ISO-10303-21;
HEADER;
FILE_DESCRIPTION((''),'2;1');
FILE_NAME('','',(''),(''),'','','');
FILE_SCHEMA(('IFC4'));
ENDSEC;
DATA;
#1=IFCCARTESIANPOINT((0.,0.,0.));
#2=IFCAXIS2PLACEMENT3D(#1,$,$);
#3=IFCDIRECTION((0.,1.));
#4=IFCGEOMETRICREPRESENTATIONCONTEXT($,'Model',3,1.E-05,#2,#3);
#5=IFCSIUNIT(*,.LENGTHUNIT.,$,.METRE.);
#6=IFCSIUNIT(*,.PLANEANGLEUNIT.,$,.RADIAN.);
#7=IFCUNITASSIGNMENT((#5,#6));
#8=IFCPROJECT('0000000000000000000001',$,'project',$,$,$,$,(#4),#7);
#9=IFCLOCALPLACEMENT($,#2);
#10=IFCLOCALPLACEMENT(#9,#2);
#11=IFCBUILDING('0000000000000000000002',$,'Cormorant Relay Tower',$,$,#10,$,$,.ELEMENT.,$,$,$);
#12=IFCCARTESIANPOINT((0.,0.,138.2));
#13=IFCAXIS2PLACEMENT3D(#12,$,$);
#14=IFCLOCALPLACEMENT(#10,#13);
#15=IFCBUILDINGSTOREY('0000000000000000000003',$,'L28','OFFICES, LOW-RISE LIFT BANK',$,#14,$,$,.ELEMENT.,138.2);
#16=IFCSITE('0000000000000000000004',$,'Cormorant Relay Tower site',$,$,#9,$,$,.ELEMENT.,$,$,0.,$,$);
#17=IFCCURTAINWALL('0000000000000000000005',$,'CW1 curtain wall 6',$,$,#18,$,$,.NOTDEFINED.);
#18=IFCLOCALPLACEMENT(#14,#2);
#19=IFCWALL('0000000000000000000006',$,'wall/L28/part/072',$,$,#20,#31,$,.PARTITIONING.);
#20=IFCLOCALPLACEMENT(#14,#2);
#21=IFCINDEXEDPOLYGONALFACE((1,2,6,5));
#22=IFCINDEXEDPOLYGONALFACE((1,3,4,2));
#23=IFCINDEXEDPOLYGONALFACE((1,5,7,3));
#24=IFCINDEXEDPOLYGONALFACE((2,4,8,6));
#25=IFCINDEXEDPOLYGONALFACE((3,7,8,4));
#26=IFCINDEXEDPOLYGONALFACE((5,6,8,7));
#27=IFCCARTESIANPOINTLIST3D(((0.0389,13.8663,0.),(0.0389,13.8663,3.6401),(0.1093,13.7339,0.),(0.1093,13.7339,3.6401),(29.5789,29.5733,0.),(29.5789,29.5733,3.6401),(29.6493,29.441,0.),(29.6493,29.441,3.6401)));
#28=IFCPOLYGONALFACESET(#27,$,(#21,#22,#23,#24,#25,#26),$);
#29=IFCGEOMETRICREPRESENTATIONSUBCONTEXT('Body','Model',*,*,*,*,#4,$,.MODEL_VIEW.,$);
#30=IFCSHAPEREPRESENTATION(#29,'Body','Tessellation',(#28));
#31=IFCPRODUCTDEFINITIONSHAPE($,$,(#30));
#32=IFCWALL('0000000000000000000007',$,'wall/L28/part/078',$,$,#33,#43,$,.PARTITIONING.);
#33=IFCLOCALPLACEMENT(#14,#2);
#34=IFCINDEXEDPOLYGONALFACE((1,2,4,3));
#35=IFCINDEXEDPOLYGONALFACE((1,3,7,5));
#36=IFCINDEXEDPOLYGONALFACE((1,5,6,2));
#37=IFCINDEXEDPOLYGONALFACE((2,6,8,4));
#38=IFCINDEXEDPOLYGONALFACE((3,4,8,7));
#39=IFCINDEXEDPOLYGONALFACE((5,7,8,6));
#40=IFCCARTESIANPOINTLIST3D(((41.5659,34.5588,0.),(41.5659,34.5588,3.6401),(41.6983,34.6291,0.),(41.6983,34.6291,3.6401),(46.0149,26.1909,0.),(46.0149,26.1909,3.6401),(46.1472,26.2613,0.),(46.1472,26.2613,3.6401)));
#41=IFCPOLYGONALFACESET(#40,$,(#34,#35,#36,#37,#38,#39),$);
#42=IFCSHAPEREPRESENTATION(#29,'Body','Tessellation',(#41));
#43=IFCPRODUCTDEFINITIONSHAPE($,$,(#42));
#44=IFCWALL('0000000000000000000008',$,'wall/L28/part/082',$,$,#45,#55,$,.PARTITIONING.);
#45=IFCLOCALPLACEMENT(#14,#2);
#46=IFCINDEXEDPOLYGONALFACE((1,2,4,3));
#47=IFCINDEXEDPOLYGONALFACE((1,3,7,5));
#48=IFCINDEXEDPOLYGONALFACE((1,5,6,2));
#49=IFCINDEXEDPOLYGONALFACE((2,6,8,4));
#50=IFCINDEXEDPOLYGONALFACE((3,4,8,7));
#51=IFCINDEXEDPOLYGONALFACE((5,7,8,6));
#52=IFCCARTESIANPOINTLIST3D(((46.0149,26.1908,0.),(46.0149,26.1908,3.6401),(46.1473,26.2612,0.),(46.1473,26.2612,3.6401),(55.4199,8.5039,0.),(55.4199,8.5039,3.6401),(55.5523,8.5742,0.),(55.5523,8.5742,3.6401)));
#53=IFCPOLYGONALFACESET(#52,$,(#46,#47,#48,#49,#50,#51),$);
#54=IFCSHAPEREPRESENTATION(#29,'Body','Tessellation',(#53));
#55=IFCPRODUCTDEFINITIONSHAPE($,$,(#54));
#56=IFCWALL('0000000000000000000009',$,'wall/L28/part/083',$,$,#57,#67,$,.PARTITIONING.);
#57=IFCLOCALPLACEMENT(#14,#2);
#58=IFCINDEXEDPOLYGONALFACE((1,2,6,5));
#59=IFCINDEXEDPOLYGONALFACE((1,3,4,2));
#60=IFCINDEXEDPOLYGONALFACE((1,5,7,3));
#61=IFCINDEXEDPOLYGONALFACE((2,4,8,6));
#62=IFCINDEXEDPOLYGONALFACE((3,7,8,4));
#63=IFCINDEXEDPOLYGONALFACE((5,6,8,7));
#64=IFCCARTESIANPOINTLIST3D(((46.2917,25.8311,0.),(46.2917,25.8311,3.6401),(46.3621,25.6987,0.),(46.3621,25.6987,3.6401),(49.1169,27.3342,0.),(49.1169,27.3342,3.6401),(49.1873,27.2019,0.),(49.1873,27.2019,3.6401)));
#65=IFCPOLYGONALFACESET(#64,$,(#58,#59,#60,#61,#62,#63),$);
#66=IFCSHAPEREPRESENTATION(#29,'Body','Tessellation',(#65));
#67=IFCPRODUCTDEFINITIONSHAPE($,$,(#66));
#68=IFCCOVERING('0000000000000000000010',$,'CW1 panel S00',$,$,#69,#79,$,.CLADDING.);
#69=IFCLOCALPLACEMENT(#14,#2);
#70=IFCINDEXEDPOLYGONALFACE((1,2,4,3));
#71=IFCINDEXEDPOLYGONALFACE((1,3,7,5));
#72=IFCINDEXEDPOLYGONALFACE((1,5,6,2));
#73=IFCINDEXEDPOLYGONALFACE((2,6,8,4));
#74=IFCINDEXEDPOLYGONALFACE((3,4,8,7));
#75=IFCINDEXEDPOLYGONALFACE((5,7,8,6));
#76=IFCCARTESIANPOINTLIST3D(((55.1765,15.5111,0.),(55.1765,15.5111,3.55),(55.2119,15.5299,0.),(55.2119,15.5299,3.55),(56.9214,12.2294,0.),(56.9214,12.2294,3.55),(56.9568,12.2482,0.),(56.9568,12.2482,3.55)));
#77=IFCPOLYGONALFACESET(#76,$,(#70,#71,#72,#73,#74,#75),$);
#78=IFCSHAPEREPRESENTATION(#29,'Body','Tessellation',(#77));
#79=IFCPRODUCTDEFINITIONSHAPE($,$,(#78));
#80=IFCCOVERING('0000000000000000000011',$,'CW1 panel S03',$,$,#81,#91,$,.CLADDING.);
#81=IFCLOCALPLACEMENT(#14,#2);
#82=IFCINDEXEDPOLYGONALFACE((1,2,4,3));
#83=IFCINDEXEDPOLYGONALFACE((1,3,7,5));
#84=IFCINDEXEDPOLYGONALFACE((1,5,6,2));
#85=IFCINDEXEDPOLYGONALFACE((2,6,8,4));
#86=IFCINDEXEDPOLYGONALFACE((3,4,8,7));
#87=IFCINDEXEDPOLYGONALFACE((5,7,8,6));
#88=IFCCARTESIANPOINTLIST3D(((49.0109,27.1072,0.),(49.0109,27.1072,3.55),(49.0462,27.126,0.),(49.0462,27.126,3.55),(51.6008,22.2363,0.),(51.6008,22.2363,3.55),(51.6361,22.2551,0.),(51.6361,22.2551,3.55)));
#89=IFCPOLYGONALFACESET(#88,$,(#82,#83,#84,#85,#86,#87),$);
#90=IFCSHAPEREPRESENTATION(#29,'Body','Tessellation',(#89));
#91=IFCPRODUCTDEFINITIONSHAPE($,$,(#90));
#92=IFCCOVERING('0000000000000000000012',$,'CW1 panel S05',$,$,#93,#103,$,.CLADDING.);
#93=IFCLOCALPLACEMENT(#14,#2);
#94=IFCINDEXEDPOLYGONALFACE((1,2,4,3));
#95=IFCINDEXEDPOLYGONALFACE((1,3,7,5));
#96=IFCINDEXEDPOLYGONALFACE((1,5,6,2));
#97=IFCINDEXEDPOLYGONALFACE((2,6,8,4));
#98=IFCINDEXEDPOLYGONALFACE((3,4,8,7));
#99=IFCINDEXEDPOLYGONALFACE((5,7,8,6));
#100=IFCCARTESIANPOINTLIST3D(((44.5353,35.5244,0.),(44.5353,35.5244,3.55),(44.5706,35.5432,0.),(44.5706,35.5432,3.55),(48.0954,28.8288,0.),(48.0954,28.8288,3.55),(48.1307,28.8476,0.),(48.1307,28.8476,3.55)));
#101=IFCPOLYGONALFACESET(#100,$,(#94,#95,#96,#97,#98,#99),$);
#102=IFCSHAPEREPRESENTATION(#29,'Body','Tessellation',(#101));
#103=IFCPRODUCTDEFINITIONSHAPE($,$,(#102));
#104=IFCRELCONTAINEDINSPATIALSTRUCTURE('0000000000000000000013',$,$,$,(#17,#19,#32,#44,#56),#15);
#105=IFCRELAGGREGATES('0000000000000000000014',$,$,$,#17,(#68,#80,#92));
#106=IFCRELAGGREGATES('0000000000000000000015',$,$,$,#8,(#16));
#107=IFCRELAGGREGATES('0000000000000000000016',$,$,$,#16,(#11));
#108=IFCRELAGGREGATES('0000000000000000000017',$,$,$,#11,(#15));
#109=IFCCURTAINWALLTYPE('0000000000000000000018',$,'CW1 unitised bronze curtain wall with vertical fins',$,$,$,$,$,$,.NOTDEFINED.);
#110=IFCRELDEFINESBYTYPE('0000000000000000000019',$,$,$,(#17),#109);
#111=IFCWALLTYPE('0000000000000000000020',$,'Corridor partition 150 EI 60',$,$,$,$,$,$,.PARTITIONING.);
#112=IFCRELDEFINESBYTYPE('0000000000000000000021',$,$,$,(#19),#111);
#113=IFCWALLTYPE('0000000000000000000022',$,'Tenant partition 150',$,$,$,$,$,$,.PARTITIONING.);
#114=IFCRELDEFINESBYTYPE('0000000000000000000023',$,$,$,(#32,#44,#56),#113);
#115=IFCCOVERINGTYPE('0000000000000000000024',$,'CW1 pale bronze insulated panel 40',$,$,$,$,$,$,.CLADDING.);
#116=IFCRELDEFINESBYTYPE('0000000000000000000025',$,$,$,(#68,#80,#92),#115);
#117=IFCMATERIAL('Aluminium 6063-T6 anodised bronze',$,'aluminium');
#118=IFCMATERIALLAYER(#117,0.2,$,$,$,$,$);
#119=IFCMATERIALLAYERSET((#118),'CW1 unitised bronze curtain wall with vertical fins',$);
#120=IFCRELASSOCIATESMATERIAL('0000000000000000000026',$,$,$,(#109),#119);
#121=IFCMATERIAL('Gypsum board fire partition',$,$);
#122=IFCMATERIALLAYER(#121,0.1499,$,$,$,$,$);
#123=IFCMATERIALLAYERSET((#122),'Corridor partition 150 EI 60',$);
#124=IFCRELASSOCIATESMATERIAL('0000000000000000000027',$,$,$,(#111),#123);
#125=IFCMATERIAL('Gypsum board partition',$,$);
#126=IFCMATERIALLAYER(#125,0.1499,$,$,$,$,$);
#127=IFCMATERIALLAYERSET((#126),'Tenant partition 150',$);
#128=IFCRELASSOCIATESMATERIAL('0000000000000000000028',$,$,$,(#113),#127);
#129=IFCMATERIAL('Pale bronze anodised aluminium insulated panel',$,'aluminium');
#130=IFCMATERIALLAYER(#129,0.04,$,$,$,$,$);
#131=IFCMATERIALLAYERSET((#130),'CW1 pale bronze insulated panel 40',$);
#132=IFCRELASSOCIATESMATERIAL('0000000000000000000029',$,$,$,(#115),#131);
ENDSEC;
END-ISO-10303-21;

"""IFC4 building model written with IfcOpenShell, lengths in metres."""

from ifc_helpers import new_model, si_unit, direction, frame, frame_2d, origin, origin_2d, place, context, subcontext, project, spatial, rectangle, extrude, material, layer, layer_set, type_object, element, aggregate, save


model = new_model("IFC4")

# Units and contexts
model_context = context("Model", 3, precision=1e-05, world=origin(), true_north=direction((0.0, 1.0)))
body_context = subcontext(model_context, "Body", "Model", "MODEL_VIEW")
ifc_project = project(units=[si_unit("LENGTHUNIT", "METRE"), si_unit("PLANEANGLEUNIT", "RADIAN")], contexts=[model_context])

# Site, building, storey
site_placement = place(None, origin())
site = spatial("IfcSite", under=ifc_project, at=site_placement, Name="Cormorant Relay Tower site", CompositionType="ELEMENT", RefElevation=0.0)
building_placement = place(site_placement, origin())
building = spatial("IfcBuilding", under=site, at=building_placement, Name="Cormorant Relay Tower", CompositionType="ELEMENT")
storey_placement = place(building_placement, frame((0.0, 0.0, 138.2)))
storey = spatial("IfcBuildingStorey", under=building, at=storey_placement, Name="L28", Description="OFFICES, LOW-RISE LIFT BANK", CompositionType="ELEMENT", Elevation=138.2)

# Curtain wall
ifc_material_1 = material(Name="Aluminium 6063-T6 anodised bronze", Category="aluminium")
ifc_layer_1 = layer(ifc_material_1, 0.2)
ifc_layer_set_1 = layer_set([ifc_layer_1], Name="CW1 unitised bronze curtain wall with vertical fins")
curtain_wall_type = type_object("IfcCurtainWallType", Name="CW1 unitised bronze curtain wall with vertical fins", PredefinedType="NOTDEFINED", material=ifc_layer_set_1)
curtain_wall_1_placement = place(storey_placement, origin())
curtain_wall_1 = element("IfcCurtainWall", 1, at=curtain_wall_1_placement, inside=storey, type_object=curtain_wall_type, Name="CW1 curtain wall 6", PredefinedType="NOTDEFINED")

# Shared definitions
ifc_material_2 = material(Name="Gypsum board fire partition")
ifc_layer_2 = layer(ifc_material_2, 0.1499)
ifc_layer_set_2 = layer_set([ifc_layer_2], Name="Corridor partition 150 EI 60")
wall_type_1 = type_object("IfcWallType", Name="Corridor partition 150 EI 60", PredefinedType="PARTITIONING", material=ifc_layer_set_2)

# Walls
wall_1_placement = place(storey_placement, frame((29.614, 29.5071, 0.0), z_axis=(0.0, 0.0, 1.0), x_axis=(-0.882944, -0.469479, 0.0)))
element("IfcWall", 2, at=wall_1_placement, inside=storey, type_object=wall_type_1, Name="wall/L28/part/072", PredefinedType="PARTITIONING", context=body_context, shape_type="SweptSolid", body=[
    extrude(rectangle(XDim=33.4563, YDim=0.1499, at=frame_2d((16.728, 0.0))), origin(), (0.0, 0.0, 1.0), 3.6401),
])
ifc_material_3 = material(Name="Gypsum board partition")
ifc_layer_3 = layer(ifc_material_3, 0.1499)
ifc_layer_set_3 = layer_set([ifc_layer_3], Name="Tenant partition 150")
wall_type_2 = type_object("IfcWallType", Name="Tenant partition 150", PredefinedType="PARTITIONING", material=ifc_layer_set_3)
wall_2_placement = place(storey_placement, frame((46.0811, 26.2261, 0.0), z_axis=(0.0, 0.0, 1.0), x_axis=(-0.469445, 0.882962, 0.0)))
element("IfcWall", 3, at=wall_2_placement, inside=storey, type_object=wall_type_2, Name="wall/L28/part/078", PredefinedType="PARTITIONING", context=body_context, shape_type="SweptSolid", body=[
    extrude(rectangle(XDim=9.4771, YDim=0.1499, at=frame_2d((4.7385, 0.0))), origin(), (0.0, 0.0, 1.0), 3.6401),
])
wall_3_placement = place(storey_placement, frame((46.0811, 26.2261, 0.0), z_axis=(0.0, 0.0, 1.0), x_axis=(0.469498, -0.882934, 0.0)))
element("IfcWall", 4, at=wall_3_placement, inside=storey, type_object=wall_type_2, Name="wall/L28/part/082", PredefinedType="PARTITIONING", context=body_context, shape_type="SweptSolid", body=[
    extrude(rectangle(XDim=20.032, YDim=0.1499, at=frame_2d((10.0161, 0.0))), origin(), (0.0, 0.0, 1.0), 3.6401),
])
wall_4_placement = place(storey_placement, frame((49.1521, 27.2681, 0.0), z_axis=(0.0, 0.0, 1.0), x_axis=(-0.882819, -0.469713, 0.0)))
element("IfcWall", 5, at=wall_4_placement, inside=storey, type_object=wall_type_2, Name="wall/L28/part/083", PredefinedType="PARTITIONING", context=body_context, shape_type="SweptSolid", body=[
    extrude(rectangle(XDim=3.2002, YDim=0.1499, at=frame_2d((1.6001, 0.0))), origin(), (0.0, 0.0, 1.0), 3.6401),
])

# Coverings
ifc_material_4 = material(Name="Pale bronze anodised aluminium insulated panel", Category="aluminium")
ifc_layer_4 = layer(ifc_material_4, 0.04)
ifc_layer_set_4 = layer_set([ifc_layer_4], Name="CW1 pale bronze insulated panel 40")
covering_type = type_object("IfcCoveringType", Name="CW1 pale bronze insulated panel 40", PredefinedType="CLADDING", material=ifc_layer_set_4)
covering_1_placement = place(storey_placement, frame((56.0667, 13.8796, 0.0), z_axis=(0.0, 0.0, 1.0), x_axis=(-0.469472, 0.882948, 0.0)))
covering_1 = element("IfcCovering", 6, at=covering_1_placement, type_object=covering_type, Name="CW1 panel S00", PredefinedType="CLADDING", context=body_context, shape_type="SweptSolid", body=[
    extrude(rectangle(XDim=3.7168, YDim=0.04, at=origin_2d()), origin(), (0.0, 0.0, 1.0), 3.55),
])
covering_2_placement = place(storey_placement, frame((50.3235, 24.6812, 0.0), z_axis=(0.0, 0.0, 1.0), x_axis=(-0.469472, 0.882948, 0.0)))
covering_2 = element("IfcCovering", 7, at=covering_2_placement, type_object=covering_type, Name="CW1 panel S03", PredefinedType="CLADDING", context=body_context, shape_type="SweptSolid", body=[
    extrude(rectangle(XDim=5.5166, YDim=0.04, at=origin_2d()), origin(), (0.0, 0.0, 1.0), 3.55),
])
covering_3_placement = place(storey_placement, frame((46.333, 32.186, 0.0), z_axis=(0.0, 0.0, 1.0), x_axis=(-0.469472, 0.882948, 0.0)))
covering_3 = element("IfcCovering", 8, at=covering_3_placement, type_object=covering_type, Name="CW1 panel S05", PredefinedType="CLADDING", context=body_context, shape_type="SweptSolid", body=[
    extrude(rectangle(XDim=7.5833, YDim=0.04, at=origin_2d()), origin(), (0.0, 0.0, 1.0), 3.55),
])
aggregate(curtain_wall_1, [covering_1, covering_2, covering_3])

save(model, "model.ifc")
